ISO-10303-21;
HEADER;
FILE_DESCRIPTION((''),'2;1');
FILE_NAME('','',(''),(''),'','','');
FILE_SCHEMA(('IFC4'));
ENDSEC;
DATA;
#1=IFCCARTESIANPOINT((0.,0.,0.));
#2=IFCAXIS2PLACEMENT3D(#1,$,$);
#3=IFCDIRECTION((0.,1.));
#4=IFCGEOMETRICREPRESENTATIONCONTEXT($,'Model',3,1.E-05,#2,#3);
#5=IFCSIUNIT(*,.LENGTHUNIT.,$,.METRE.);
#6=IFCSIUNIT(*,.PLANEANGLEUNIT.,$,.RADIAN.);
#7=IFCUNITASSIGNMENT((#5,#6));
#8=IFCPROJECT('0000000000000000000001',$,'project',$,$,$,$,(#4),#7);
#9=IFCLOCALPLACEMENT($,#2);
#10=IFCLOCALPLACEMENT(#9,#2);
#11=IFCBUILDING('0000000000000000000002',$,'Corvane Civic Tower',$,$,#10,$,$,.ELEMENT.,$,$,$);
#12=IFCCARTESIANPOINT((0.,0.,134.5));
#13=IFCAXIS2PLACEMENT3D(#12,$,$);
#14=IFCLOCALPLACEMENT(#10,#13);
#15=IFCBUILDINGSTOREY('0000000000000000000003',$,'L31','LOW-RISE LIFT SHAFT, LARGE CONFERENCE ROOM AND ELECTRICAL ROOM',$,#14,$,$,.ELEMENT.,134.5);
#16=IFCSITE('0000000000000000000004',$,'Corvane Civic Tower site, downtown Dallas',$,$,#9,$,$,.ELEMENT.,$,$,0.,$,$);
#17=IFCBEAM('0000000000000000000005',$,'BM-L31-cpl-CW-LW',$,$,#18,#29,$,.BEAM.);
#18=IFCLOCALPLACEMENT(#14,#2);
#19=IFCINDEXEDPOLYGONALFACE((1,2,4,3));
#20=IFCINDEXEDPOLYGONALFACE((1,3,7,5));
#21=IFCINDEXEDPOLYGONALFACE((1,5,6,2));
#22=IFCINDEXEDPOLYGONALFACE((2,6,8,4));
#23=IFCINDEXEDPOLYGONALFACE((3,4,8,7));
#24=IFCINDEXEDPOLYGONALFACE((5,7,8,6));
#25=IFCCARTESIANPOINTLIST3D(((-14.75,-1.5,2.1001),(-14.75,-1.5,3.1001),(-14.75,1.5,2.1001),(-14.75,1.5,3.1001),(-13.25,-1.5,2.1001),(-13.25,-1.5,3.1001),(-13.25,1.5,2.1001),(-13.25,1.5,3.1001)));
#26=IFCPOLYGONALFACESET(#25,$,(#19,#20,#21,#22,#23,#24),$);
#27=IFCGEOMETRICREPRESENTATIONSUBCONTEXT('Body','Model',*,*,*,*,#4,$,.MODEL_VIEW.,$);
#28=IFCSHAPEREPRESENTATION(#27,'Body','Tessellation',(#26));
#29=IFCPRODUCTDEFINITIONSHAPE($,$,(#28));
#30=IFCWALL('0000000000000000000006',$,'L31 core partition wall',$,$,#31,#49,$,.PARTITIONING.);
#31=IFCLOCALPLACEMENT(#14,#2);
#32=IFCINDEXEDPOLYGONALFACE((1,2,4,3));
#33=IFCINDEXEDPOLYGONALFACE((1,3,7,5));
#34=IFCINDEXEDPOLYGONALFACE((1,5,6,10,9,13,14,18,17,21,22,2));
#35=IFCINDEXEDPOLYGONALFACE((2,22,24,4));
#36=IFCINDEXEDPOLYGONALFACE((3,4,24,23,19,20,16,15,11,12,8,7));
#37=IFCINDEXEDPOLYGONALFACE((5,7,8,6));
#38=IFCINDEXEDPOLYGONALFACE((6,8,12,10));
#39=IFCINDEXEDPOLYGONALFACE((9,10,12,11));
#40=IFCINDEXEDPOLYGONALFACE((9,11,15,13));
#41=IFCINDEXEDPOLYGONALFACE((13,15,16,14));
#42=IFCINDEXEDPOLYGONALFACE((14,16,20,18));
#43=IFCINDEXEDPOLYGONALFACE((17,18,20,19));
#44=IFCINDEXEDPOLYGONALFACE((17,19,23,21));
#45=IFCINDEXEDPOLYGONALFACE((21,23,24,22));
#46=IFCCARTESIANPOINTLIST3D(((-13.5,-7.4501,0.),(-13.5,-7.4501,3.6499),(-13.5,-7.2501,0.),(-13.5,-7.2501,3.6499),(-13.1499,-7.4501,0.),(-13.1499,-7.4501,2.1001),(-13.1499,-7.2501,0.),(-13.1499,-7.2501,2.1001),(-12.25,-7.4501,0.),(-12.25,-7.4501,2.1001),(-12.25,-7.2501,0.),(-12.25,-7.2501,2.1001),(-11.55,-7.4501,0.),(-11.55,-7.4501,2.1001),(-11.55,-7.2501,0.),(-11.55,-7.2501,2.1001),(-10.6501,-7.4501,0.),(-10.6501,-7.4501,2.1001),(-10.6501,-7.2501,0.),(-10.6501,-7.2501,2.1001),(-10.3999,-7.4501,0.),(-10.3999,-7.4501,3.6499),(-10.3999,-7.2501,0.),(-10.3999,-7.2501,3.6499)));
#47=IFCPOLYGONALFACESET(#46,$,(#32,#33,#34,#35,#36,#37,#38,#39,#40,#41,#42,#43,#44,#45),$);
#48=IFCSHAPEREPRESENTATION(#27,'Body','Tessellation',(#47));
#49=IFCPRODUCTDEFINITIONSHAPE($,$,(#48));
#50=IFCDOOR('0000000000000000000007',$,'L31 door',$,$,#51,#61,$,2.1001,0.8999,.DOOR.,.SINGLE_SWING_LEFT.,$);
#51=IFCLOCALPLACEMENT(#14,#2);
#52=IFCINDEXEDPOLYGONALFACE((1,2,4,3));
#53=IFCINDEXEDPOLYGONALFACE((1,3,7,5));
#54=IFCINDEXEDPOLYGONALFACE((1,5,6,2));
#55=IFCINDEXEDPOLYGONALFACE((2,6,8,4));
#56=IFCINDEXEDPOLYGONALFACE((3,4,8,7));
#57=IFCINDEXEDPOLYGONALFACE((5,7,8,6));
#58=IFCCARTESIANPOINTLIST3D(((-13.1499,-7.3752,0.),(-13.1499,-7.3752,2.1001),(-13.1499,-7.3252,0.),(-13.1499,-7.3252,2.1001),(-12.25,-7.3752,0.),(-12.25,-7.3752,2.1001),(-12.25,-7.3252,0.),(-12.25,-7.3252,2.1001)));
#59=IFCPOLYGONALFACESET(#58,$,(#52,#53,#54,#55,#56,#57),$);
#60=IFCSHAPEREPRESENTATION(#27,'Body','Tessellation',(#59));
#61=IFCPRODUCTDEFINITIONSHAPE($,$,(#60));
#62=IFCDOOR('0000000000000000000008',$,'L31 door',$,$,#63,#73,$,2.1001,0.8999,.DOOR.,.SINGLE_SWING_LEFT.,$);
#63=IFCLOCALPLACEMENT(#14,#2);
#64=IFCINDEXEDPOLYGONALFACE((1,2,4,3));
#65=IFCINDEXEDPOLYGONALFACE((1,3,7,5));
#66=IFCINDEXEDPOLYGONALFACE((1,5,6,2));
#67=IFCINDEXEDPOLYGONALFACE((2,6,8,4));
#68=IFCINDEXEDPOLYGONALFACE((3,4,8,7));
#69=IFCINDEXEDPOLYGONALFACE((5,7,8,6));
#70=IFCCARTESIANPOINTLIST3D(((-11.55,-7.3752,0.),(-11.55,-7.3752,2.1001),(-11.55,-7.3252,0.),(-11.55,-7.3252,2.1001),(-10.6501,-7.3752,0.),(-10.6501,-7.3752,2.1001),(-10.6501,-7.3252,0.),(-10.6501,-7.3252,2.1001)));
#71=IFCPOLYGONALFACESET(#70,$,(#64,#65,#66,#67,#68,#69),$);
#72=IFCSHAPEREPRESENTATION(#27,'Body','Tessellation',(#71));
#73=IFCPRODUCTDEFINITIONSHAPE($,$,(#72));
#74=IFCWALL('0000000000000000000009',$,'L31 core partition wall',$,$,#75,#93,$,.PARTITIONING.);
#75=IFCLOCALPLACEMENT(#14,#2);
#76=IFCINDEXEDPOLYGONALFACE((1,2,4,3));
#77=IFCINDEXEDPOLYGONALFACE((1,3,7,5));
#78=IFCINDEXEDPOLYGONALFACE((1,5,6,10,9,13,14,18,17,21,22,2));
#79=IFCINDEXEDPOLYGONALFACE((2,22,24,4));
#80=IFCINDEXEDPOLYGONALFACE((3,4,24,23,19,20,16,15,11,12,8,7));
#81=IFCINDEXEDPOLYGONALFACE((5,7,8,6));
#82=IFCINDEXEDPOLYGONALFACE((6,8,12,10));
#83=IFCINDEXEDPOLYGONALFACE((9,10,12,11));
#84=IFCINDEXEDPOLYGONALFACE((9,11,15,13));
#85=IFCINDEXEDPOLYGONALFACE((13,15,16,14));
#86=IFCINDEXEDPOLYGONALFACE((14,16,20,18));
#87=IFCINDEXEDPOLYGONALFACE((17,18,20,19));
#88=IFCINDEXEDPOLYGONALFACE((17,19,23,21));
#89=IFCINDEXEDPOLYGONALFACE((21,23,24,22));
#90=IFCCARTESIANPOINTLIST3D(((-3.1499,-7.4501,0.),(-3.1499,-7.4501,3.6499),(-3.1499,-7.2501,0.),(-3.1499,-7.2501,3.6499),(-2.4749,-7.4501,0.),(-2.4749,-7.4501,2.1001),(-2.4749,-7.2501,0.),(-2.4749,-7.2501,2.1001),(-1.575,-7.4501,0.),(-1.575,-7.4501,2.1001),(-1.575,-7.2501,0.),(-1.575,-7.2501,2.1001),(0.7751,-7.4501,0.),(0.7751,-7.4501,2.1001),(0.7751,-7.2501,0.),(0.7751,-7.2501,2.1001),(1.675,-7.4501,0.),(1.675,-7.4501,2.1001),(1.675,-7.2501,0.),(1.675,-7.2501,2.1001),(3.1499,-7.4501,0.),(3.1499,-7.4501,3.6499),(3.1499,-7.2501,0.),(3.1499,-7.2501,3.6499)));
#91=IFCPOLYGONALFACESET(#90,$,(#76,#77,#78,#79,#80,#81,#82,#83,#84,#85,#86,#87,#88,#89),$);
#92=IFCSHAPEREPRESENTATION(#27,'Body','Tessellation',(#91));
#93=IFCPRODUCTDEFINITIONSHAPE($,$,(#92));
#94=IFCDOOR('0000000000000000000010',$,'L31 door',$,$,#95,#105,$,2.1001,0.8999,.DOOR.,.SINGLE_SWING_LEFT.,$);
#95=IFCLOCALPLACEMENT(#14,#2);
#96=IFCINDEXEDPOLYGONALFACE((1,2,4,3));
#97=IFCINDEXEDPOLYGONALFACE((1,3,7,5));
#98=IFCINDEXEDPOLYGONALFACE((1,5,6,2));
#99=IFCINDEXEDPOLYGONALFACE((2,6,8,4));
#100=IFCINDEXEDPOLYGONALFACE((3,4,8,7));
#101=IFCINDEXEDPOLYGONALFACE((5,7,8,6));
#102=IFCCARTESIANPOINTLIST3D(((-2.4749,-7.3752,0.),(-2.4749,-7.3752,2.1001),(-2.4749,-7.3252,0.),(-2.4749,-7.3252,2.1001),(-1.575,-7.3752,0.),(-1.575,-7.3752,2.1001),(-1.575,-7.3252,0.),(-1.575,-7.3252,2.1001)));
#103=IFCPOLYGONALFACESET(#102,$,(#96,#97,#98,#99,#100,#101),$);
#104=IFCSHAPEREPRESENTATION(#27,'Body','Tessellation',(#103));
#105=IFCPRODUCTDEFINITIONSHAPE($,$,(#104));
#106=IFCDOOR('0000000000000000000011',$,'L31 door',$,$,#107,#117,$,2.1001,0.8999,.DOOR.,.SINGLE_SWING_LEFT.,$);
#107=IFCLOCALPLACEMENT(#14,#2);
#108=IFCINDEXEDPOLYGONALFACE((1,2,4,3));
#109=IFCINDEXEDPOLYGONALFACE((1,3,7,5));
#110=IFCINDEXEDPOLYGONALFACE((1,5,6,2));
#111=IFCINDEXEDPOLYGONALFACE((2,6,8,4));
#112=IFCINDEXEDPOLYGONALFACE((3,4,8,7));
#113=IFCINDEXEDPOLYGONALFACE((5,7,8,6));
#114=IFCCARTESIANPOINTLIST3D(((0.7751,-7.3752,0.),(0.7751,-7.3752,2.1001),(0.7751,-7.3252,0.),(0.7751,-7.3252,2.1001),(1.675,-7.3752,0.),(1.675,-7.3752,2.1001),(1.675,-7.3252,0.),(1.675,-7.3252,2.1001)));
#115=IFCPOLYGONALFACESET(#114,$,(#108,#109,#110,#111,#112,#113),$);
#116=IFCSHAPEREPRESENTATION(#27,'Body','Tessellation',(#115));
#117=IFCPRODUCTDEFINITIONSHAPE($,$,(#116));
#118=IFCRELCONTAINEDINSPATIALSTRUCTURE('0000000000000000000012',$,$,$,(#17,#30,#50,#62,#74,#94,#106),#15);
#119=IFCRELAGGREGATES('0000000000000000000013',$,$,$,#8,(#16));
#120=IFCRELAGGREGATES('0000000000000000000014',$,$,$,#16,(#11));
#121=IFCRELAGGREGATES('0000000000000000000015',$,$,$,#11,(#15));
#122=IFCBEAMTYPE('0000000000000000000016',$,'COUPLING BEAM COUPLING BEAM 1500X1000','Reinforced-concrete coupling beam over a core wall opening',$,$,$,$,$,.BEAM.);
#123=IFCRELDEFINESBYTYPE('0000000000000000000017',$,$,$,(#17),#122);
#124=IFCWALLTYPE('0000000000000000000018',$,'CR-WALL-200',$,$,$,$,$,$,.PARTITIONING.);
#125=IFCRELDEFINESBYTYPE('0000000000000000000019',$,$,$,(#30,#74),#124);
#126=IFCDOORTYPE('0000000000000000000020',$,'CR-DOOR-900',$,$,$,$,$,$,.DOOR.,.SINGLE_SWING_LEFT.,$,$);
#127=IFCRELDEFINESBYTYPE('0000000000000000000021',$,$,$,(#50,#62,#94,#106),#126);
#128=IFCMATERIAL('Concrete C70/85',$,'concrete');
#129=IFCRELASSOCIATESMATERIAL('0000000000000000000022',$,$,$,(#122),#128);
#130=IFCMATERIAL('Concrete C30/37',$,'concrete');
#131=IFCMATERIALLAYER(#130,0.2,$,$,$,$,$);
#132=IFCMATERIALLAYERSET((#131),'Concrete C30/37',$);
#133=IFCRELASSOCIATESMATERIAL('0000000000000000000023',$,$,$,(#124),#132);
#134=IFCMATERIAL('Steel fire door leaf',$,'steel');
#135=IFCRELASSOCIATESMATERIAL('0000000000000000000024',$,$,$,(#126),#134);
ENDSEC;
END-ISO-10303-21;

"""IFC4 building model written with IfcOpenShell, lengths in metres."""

from ifc_helpers import new_model, si_unit, direction, frame, frame_2d, origin, origin_2d, place, context, subcontext, project, spatial, rectangle, extrude, material, layer, layer_set, material_profile, profile_set, type_object, element, fill, save


model = new_model("IFC4")

# Units and contexts
model_context = context("Model", 3, precision=1e-05, world=origin(), true_north=direction((0.0, 1.0)))
body_context = subcontext(model_context, "Body", "Model", "MODEL_VIEW")
ifc_project = project(units=[si_unit("LENGTHUNIT", "METRE"), si_unit("PLANEANGLEUNIT", "RADIAN")], contexts=[model_context])

# Site, building, storey
site_placement = place(None, origin())
site = spatial("IfcSite", under=ifc_project, at=site_placement, Name="Corvane Civic Tower site, downtown Dallas", CompositionType="ELEMENT", RefElevation=0.0)
building_placement = place(site_placement, origin())
building = spatial("IfcBuilding", under=site, at=building_placement, Name="Corvane Civic Tower", CompositionType="ELEMENT")
storey_placement = place(building_placement, frame((0.0, 0.0, 134.5)))
storey = spatial("IfcBuildingStorey", under=building, at=storey_placement, Name="L31", Description="LOW-RISE LIFT SHAFT, LARGE CONFERENCE ROOM AND ELECTRICAL ROOM", CompositionType="ELEMENT", Elevation=134.5)

# Beam
ifc_material_1 = material(Name="Concrete C70/85", Category="concrete")
ifc_material_profile = material_profile(ifc_material_1, rectangle(XDim=1.5, YDim=1.0, at=origin_2d()), Name="COUPLING BEAM 1500X1000")
ifc_profile_set = profile_set([ifc_material_profile], Name="Concrete C70/85")
beam_type = type_object("IfcBeamType", Name="COUPLING BEAM COUPLING BEAM 1500X1000", Description="Reinforced-concrete coupling beam over a core wall opening", PredefinedType="BEAM", material=ifc_profile_set)
beam_placement = place(storey_placement, frame((-14.0, -1.5, 2.6001), z_axis=(0.0, 1.0, 0.0), x_axis=(-1.0, 0.0, 0.0)))
element("IfcBeam", 1, at=beam_placement, inside=storey, type_object=beam_type, Name="BM-L31-cpl-CW-LW", PredefinedType="BEAM", context=body_context, shape_type="SweptSolid", body=[
    extrude(rectangle(XDim=1.5, YDim=1.0, at=origin_2d()), origin(), (0.0, 0.0, 1.0), 3.0),
])

# Walls, openings, doors
ifc_material_2 = material(Name="Concrete C30/37", Category="concrete")
ifc_layer_1 = layer(ifc_material_2, 0.2)
ifc_layer_set_1 = layer_set([ifc_layer_1], Name="Concrete C30/37")
wall_type_1 = type_object("IfcWallType", Name="CR-WALL-200", PredefinedType="PARTITIONING", material=ifc_layer_set_1)
wall_1_placement = place(storey_placement, frame((-13.5, -7.3501, 0.0), z_axis=(0.0, 0.0, 1.0), x_axis=(1.0, 0.0, 0.0)))
wall_1 = element("IfcWall", 2, at=wall_1_placement, inside=storey, type_object=wall_type_1, Name="L31 core partition wall", PredefinedType="PARTITIONING", context=body_context, shape_type="SweptSolid", body=[
    extrude(rectangle(XDim=3.1001, YDim=0.2, at=frame_2d((1.55, 0.0))), origin(), (0.0, 0.0, 1.0), 3.6499),
])
opening_1_placement = place(wall_1_placement, frame((0.3501, 0.0, 0.0)))
opening_1 = element("IfcOpeningElement", 3, at=opening_1_placement, cuts=wall_1, PredefinedType="OPENING", context=body_context, shape_type="SweptSolid", body=[
    extrude(rectangle(XDim=0.8999, YDim=2.1001, at=frame_2d((0.45, 1.05))), frame((0.0, 0.1099, 0.0), z_axis=(0.0, -1.0, 0.0), x_axis=(1.0, 0.0, 0.0)), (0.0, 0.0, 1.0), 0.22),
])
opening_2_placement = place(wall_1_placement, frame((1.95, 0.0, 0.0)))
opening_2 = element("IfcOpeningElement", 4, at=opening_2_placement, cuts=wall_1, PredefinedType="OPENING", context=body_context, shape_type="SweptSolid", body=[
    extrude(rectangle(XDim=0.8999, YDim=2.1001, at=frame_2d((0.45, 1.05))), frame((0.0, 0.1099, 0.0), z_axis=(0.0, -1.0, 0.0), x_axis=(1.0, 0.0, 0.0)), (0.0, 0.0, 1.0), 0.22),
])
ifc_material_3 = material(Name="Steel fire door leaf", Category="steel")
door_type_1 = type_object("IfcDoorType", Name="CR-DOOR-900", OperationType="SINGLE_SWING_LEFT", PredefinedType="DOOR", material=ifc_material_3)
door_1_placement = place(opening_1_placement, origin())
door_1 = element("IfcDoor", 5, at=door_1_placement, inside=storey, type_object=door_type_1, Name="L31 door", OperationType="SINGLE_SWING_LEFT", OverallHeight=2.1001, OverallWidth=0.8999, PredefinedType="DOOR", context=body_context, shape_type="SweptSolid", body=[
    extrude(rectangle(XDim=0.8999, YDim=2.1001, at=frame_2d((0.45, 1.05))), frame((0.0, 0.0249, 0.0), z_axis=(0.0, -1.0, 0.0), x_axis=(1.0, 0.0, 0.0)), (0.0, 0.0, 1.0), 0.05),
])
fill(opening_1, door_1)
door_2_placement = place(opening_2_placement, origin())
door_2 = element("IfcDoor", 6, at=door_2_placement, inside=storey, type_object=door_type_1, Name="L31 door", OperationType="SINGLE_SWING_LEFT", OverallHeight=2.1001, OverallWidth=0.8999, PredefinedType="DOOR", context=body_context, shape_type="SweptSolid", body=[
    extrude(rectangle(XDim=0.8999, YDim=2.1001, at=frame_2d((0.45, 1.05))), frame((0.0, 0.0249, 0.0), z_axis=(0.0, -1.0, 0.0), x_axis=(1.0, 0.0, 0.0)), (0.0, 0.0, 1.0), 0.05),
])
fill(opening_2, door_2)
wall_2_placement = place(storey_placement, frame((-3.1499, -7.3501, 0.0), z_axis=(0.0, 0.0, 1.0), x_axis=(1.0, 0.0, 0.0)))
wall_2 = element("IfcWall", 7, at=wall_2_placement, inside=storey, type_object=wall_type_1, Name="L31 core partition wall", PredefinedType="PARTITIONING", context=body_context, shape_type="SweptSolid", body=[
    extrude(rectangle(XDim=6.2998, YDim=0.2, at=frame_2d((3.1499, 0.0))), origin(), (0.0, 0.0, 1.0), 3.6499),
])
opening_3_placement = place(wall_2_placement, frame((0.675, 0.0, 0.0)))
opening_3 = element("IfcOpeningElement", 8, at=opening_3_placement, cuts=wall_2, PredefinedType="OPENING", context=body_context, shape_type="SweptSolid", body=[
    extrude(rectangle(XDim=0.8999, YDim=2.1001, at=frame_2d((0.45, 1.05))), frame((0.0, 0.1099, 0.0), z_axis=(0.0, -1.0, 0.0), x_axis=(1.0, 0.0, 0.0)), (0.0, 0.0, 1.0), 0.22),
])
opening_4_placement = place(wall_2_placement, frame((3.925, 0.0, 0.0)))
opening_4 = element("IfcOpeningElement", 9, at=opening_4_placement, cuts=wall_2, PredefinedType="OPENING", context=body_context, shape_type="SweptSolid", body=[
    extrude(rectangle(XDim=0.8999, YDim=2.1001, at=frame_2d((0.45, 1.05))), frame((0.0, 0.1099, 0.0), z_axis=(0.0, -1.0, 0.0), x_axis=(1.0, 0.0, 0.0)), (0.0, 0.0, 1.0), 0.22),
])
door_3_placement = place(opening_3_placement, origin())
door_3 = element("IfcDoor", 10, at=door_3_placement, inside=storey, type_object=door_type_1, Name="L31 door", OperationType="SINGLE_SWING_LEFT", OverallHeight=2.1001, OverallWidth=0.8999, PredefinedType="DOOR", context=body_context, shape_type="SweptSolid", body=[
    extrude(rectangle(XDim=0.8999, YDim=2.1001, at=frame_2d((0.45, 1.05))), frame((0.0, 0.0249, 0.0), z_axis=(0.0, -1.0, 0.0), x_axis=(1.0, 0.0, 0.0)), (0.0, 0.0, 1.0), 0.05),
])
fill(opening_3, door_3)
door_4_placement = place(opening_4_placement, origin())
door_4 = element("IfcDoor", 11, at=door_4_placement, inside=storey, type_object=door_type_1, Name="L31 door", OperationType="SINGLE_SWING_LEFT", OverallHeight=2.1001, OverallWidth=0.8999, PredefinedType="DOOR", context=body_context, shape_type="SweptSolid", body=[
    extrude(rectangle(XDim=0.8999, YDim=2.1001, at=frame_2d((0.45, 1.05))), frame((0.0, 0.0249, 0.0), z_axis=(0.0, -1.0, 0.0), x_axis=(1.0, 0.0, 0.0)), (0.0, 0.0, 1.0), 0.05),
])
fill(opening_4, door_4)

save(model, "model.ifc")
